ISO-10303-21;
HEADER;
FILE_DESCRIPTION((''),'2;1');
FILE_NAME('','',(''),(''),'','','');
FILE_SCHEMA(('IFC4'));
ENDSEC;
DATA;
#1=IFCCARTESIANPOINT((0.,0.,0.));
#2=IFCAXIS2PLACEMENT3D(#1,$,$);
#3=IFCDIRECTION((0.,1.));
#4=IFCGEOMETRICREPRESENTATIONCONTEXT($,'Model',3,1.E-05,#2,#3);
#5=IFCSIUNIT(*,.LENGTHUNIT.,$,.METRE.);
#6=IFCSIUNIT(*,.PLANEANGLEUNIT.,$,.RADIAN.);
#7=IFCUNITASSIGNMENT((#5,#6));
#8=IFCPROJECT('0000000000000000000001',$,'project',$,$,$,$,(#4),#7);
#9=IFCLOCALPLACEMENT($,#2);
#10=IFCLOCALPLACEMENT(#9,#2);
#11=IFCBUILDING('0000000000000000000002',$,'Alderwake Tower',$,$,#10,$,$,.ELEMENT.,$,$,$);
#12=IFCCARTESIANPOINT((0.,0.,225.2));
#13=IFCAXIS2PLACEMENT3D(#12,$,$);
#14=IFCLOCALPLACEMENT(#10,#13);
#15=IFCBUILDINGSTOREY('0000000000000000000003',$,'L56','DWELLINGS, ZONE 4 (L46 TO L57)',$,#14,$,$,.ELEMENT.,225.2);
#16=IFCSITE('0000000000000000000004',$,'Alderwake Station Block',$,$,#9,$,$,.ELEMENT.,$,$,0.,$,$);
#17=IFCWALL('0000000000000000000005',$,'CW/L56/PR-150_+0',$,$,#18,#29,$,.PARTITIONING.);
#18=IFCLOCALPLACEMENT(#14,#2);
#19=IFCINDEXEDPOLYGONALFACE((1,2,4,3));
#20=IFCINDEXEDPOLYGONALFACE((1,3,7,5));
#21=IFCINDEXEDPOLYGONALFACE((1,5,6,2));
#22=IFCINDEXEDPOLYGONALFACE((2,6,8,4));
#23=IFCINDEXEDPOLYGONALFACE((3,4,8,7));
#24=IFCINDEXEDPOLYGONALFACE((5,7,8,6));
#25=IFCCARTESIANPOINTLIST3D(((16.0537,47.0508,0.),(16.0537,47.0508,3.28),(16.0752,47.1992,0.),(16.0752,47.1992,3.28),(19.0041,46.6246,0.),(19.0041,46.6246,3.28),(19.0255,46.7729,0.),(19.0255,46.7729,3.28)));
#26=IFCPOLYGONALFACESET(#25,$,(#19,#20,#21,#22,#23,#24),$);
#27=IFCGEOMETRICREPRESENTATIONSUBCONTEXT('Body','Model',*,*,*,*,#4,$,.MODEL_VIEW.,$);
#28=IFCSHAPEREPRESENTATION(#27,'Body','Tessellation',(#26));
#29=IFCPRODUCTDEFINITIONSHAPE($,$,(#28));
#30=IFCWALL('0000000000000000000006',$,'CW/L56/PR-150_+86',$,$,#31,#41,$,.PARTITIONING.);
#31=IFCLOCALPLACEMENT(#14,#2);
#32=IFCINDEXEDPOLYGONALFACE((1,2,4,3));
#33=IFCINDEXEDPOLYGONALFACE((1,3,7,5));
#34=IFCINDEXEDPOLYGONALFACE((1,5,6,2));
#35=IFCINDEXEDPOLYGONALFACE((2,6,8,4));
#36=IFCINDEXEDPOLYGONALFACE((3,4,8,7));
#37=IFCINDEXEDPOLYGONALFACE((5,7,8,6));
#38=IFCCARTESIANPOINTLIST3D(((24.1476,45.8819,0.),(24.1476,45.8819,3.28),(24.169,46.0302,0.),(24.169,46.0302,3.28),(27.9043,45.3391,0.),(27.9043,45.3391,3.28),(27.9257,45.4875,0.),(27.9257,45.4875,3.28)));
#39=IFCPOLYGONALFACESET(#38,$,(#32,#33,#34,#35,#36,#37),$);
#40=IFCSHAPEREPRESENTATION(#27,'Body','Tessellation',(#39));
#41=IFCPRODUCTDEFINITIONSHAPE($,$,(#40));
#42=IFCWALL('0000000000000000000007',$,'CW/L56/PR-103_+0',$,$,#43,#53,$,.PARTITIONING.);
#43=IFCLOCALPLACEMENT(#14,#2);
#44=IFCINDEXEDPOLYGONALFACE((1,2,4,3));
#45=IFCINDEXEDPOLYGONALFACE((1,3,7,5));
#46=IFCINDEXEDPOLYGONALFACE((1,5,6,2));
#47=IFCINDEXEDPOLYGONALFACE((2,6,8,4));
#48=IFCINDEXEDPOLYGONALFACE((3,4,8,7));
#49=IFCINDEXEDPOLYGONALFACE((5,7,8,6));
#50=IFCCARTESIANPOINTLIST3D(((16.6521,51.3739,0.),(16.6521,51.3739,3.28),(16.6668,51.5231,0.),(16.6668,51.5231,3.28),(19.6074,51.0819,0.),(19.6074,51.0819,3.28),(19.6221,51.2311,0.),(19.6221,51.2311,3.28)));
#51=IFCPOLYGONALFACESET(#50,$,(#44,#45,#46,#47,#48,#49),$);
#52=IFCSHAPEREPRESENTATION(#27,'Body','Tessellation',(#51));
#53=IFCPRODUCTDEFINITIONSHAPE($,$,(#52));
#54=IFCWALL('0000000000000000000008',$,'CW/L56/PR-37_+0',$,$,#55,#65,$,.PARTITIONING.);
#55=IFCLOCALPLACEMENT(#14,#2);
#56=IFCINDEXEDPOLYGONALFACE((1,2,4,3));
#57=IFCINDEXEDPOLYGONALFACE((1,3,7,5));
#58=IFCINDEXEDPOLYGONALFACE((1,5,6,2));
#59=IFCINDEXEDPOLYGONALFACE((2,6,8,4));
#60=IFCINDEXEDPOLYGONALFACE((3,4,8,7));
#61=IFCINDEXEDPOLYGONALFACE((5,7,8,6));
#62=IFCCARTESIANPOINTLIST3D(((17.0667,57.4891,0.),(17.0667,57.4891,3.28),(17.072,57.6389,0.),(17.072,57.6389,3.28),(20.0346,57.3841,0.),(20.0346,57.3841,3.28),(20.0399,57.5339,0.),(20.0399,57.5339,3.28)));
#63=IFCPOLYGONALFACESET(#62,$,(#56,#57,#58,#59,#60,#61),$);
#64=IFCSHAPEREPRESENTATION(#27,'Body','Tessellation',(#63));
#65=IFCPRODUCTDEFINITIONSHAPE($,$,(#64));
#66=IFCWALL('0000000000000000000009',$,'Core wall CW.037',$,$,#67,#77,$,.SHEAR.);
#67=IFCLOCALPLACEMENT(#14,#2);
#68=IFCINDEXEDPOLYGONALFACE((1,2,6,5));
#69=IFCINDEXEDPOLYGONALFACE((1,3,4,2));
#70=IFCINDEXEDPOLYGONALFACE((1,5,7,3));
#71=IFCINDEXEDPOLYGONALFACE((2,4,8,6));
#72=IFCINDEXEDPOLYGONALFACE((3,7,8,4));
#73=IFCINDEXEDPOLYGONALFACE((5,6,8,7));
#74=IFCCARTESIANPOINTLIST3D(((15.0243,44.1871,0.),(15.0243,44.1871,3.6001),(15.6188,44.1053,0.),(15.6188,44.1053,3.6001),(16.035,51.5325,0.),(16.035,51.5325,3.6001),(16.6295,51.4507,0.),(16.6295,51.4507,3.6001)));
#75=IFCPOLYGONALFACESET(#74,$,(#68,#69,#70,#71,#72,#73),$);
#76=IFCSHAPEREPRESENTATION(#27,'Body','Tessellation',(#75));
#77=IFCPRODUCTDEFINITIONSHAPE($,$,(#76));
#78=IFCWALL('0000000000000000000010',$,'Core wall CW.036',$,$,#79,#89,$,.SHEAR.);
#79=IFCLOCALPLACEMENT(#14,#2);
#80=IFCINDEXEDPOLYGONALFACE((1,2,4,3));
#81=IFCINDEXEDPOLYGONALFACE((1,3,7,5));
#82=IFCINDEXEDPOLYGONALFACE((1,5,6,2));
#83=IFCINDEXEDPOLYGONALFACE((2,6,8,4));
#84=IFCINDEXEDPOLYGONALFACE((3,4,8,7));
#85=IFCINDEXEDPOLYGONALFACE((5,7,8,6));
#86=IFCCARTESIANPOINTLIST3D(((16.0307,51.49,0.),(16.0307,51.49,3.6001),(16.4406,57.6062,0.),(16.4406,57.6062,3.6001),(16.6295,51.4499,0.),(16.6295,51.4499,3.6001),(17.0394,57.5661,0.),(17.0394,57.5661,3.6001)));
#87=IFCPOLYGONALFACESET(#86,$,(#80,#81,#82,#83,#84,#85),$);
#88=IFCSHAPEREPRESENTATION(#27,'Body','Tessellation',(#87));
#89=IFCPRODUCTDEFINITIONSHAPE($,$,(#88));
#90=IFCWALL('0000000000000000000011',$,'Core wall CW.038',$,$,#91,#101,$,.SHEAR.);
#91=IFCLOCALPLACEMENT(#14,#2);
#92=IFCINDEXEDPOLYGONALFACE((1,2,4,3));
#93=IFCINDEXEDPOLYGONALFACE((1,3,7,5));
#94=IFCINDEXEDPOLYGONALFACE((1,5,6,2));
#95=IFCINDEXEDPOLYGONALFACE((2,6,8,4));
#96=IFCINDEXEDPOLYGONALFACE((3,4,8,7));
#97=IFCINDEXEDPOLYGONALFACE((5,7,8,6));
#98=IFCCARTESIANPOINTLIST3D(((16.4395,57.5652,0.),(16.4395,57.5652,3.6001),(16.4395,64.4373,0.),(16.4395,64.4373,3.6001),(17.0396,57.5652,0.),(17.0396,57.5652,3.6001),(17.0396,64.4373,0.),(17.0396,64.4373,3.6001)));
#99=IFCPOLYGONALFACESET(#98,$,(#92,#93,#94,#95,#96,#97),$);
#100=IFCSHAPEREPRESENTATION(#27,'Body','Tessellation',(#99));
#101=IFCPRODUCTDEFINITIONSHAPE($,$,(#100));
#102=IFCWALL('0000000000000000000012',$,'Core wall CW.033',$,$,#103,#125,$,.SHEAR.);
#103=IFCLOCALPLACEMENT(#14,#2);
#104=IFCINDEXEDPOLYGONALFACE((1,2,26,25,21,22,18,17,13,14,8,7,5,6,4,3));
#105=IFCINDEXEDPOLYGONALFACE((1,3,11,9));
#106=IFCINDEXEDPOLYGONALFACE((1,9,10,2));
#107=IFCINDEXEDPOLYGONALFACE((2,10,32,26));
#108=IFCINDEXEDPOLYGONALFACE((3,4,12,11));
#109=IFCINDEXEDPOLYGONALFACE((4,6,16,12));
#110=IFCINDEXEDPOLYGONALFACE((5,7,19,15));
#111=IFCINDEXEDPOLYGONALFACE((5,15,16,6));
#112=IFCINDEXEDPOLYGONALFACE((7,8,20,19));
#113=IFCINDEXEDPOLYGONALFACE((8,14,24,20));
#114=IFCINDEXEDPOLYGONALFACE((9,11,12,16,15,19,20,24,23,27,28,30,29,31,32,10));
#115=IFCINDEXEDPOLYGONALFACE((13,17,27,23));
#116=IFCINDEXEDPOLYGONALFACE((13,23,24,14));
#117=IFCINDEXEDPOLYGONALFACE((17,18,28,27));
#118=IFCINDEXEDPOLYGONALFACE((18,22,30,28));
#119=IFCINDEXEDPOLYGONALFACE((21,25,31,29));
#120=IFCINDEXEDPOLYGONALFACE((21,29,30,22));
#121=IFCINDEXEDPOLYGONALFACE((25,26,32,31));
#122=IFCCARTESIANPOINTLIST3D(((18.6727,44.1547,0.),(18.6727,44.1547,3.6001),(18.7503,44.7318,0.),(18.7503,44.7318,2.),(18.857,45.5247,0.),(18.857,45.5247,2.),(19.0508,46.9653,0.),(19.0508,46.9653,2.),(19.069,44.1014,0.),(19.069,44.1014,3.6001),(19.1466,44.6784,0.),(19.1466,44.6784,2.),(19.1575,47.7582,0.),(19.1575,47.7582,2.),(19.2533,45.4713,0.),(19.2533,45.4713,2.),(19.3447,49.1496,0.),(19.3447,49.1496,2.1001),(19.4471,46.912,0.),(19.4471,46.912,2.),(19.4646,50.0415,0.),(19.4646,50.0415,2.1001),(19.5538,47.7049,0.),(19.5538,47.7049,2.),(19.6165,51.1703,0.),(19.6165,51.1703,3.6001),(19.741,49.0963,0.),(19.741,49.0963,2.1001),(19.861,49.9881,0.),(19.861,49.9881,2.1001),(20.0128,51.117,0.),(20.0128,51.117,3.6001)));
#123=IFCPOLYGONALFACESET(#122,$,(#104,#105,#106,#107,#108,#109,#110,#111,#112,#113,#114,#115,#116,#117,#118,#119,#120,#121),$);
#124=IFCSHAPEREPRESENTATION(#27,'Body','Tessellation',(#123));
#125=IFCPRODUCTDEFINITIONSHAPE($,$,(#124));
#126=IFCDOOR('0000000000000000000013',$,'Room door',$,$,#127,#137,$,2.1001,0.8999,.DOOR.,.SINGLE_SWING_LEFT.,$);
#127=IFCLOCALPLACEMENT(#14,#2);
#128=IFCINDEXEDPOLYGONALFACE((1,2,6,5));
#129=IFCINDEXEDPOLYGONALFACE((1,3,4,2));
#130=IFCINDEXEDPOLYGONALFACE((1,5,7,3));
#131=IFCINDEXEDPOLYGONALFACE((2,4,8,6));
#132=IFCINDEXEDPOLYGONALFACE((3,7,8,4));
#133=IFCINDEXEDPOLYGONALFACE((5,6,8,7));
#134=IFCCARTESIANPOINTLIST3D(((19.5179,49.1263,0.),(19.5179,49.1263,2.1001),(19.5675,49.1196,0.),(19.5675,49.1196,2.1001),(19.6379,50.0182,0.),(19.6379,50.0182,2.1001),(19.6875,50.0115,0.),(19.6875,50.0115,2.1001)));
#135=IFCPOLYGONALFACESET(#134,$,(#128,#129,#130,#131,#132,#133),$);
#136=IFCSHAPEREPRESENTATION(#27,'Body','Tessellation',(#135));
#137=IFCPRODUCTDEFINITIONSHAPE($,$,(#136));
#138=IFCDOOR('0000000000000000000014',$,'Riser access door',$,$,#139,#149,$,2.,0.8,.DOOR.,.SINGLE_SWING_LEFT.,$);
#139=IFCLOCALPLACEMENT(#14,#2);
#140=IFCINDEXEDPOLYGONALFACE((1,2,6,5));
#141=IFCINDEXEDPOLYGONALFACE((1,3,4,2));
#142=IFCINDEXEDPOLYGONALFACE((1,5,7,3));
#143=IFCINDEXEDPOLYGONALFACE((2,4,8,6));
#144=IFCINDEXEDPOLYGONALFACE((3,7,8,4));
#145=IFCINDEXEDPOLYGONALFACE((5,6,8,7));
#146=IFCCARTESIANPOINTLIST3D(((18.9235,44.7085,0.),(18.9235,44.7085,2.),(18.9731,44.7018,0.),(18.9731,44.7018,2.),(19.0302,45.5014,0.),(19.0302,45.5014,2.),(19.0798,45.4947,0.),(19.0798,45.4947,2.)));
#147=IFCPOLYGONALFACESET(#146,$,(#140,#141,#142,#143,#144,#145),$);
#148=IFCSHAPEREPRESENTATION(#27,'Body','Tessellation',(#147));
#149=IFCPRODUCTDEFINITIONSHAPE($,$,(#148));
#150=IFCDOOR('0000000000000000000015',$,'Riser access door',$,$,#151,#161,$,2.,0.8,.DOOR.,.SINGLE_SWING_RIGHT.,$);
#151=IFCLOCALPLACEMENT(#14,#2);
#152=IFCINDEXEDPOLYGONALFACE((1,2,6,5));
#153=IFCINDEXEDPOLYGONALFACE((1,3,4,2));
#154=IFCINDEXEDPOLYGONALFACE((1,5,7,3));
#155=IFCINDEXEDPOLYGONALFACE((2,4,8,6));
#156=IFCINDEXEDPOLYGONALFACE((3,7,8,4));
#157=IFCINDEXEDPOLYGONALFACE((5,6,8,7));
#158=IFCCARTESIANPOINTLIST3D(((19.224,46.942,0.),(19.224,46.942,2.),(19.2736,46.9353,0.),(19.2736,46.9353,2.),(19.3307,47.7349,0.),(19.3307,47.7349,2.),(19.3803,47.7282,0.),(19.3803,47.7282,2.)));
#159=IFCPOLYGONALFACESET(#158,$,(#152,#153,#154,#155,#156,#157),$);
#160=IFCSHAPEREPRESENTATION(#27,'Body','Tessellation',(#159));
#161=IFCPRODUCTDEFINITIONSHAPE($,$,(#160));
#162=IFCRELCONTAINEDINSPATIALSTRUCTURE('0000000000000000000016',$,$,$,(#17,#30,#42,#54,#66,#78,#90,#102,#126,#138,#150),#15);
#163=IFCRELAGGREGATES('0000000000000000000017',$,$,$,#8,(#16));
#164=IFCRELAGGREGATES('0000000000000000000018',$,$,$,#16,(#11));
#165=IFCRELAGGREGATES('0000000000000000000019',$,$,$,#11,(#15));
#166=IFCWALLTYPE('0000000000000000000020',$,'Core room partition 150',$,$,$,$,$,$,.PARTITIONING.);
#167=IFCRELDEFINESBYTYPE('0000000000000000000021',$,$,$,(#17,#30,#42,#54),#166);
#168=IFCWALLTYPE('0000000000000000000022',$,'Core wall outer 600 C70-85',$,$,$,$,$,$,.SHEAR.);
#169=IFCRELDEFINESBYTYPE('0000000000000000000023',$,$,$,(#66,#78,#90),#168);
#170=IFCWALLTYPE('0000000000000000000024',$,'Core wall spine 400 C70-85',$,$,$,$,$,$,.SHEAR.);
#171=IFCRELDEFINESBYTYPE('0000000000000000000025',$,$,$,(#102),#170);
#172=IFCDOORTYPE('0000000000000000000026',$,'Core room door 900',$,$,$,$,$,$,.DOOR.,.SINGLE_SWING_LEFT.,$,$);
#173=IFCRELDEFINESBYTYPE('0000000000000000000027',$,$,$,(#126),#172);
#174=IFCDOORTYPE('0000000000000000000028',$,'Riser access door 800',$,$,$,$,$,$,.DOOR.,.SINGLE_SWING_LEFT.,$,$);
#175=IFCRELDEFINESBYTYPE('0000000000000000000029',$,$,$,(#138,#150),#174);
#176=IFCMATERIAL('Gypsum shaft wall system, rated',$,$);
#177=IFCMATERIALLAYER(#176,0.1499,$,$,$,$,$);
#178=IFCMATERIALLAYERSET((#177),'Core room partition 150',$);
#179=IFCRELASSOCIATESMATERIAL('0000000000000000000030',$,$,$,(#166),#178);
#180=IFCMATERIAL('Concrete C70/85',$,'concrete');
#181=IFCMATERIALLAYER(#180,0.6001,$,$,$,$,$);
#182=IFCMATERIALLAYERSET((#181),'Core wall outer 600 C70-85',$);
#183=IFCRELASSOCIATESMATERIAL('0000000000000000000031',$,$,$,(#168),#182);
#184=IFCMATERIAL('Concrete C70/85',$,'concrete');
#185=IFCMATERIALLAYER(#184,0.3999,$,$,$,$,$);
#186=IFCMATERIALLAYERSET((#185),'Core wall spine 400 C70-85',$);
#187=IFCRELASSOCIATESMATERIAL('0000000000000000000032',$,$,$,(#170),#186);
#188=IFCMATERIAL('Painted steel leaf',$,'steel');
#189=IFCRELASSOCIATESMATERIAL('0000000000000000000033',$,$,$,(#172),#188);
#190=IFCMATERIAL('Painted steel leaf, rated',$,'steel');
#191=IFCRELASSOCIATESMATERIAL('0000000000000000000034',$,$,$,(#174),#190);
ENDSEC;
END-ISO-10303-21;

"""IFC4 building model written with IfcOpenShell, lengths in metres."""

from ifc_helpers import new_model, si_unit, direction, frame, frame_2d, origin, place, context, subcontext, project, spatial, rectangle, extrude, material, layer, layer_set, type_object, element, fill, save


model = new_model("IFC4")

# Units and contexts
model_context = context("Model", 3, precision=1e-05, world=origin(), true_north=direction((0.0, 1.0)))
body_context = subcontext(model_context, "Body", "Model", "MODEL_VIEW")
ifc_project = project(units=[si_unit("LENGTHUNIT", "METRE"), si_unit("PLANEANGLEUNIT", "RADIAN")], contexts=[model_context])

# Site, building, storey
site_placement = place(None, origin())
site = spatial("IfcSite", under=ifc_project, at=site_placement, Name="Alderwake Station Block", CompositionType="ELEMENT", RefElevation=0.0)
building_placement = place(site_placement, origin())
building = spatial("IfcBuilding", under=site, at=building_placement, Name="Alderwake Tower", CompositionType="ELEMENT")
storey_placement = place(building_placement, frame((0.0, 0.0, 225.2)))
storey = spatial("IfcBuildingStorey", under=building, at=storey_placement, Name="L56", Description="DWELLINGS, ZONE 4 (L46 TO L57)", CompositionType="ELEMENT", Elevation=225.2)

# Walls
ifc_material_1 = material(Name="Gypsum shaft wall system, rated")
ifc_layer_1 = layer(ifc_material_1, 0.1499)
ifc_layer_set_1 = layer_set([ifc_layer_1], Name="Core room partition 150")
wall_type_1 = type_object("IfcWallType", Name="Core room partition 150", PredefinedType="PARTITIONING", material=ifc_layer_set_1)
wall_1_placement = place(storey_placement, frame((16.0645, 47.125, 0.0), z_axis=(0.0, 0.0, 1.0), x_axis=(0.989724, -0.142992, 0.0)))
element("IfcWall", 1, at=wall_1_placement, inside=storey, type_object=wall_type_1, Name="CW/L56/PR-150_+0", PredefinedType="PARTITIONING", context=body_context, shape_type="SweptSolid", body=[
    extrude(rectangle(XDim=2.981, YDim=0.1499, at=frame_2d((1.4905, 0.0))), origin(), (0.0, 0.0, 1.0), 3.28),
])
wall_2_placement = place(storey_placement, frame((24.1582, 45.9561, 0.0), z_axis=(0.0, 0.0, 1.0), x_axis=(0.989724, -0.142988, 0.0)))
element("IfcWall", 2, at=wall_2_placement, inside=storey, type_object=wall_type_1, Name="CW/L56/PR-150_+86", PredefinedType="PARTITIONING", context=body_context, shape_type="SweptSolid", body=[
    extrude(rectangle(XDim=3.7957, YDim=0.1499, at=frame_2d((1.8979, 0.0))), origin(), (0.0, 0.0, 1.0), 3.28),
])
for number, where, z_axis, x_axis, name in (
    (3, (16.6594, 51.4485, 0.0), (0.0, 0.0, 1.0), (0.995155, -0.098323, 0.0), "CW/L56/PR-103_+0"),
    (4, (17.0693, 57.564, 0.0), (0.0, 0.0, 1.0), (0.999375, -0.035351, 0.0), "CW/L56/PR-37_+0"),
):
    element("IfcWall", number, at=place(storey_placement, frame(where, z_axis=z_axis, x_axis=x_axis)), inside=storey, type_object=wall_type_1, Name=name, PredefinedType="PARTITIONING", context=body_context, shape_type="SweptSolid", body=[
        extrude(rectangle(XDim=2.9697, YDim=0.1499, at=frame_2d((1.4849, 0.0))), origin(), (0.0, 0.0, 1.0), 3.28),
    ])
ifc_material_2 = material(Name="Concrete C70/85", Category="concrete")
ifc_layer_2 = layer(ifc_material_2, 0.6001)
ifc_layer_set_2 = layer_set([ifc_layer_2], Name="Core wall outer 600 C70-85")
wall_type_2 = type_object("IfcWallType", Name="Core wall outer 600 C70-85", PredefinedType="SHEAR", material=ifc_layer_set_2)
wall_3_placement = place(storey_placement, frame((15.3215, 44.1462, 0.0), z_axis=(0.0, 0.0, 1.0), x_axis=(0.136316, 0.990665, 0.0)))
element("IfcWall", 5, at=wall_3_placement, inside=storey, type_object=wall_type_2, Name="Core wall CW.037", PredefinedType="SHEAR", context=body_context, shape_type="SweptSolid", body=[
    extrude(rectangle(XDim=7.4146, YDim=0.6001, at=frame_2d((3.7073, 0.0))), origin(), (0.0, 0.0, 1.0), 3.6001),
])
wall_4_placement = place(storey_placement, frame((16.3301, 51.47, 0.0), z_axis=(0.0, 0.0, 1.0), x_axis=(0.066871, 0.997762, 0.0)))
element("IfcWall", 6, at=wall_4_placement, inside=storey, type_object=wall_type_2, Name="Core wall CW.036", PredefinedType="SHEAR", context=body_context, shape_type="SweptSolid", body=[
    extrude(rectangle(XDim=6.1299, YDim=0.6001, at=frame_2d((3.0649, 0.0))), origin(), (0.0, 0.0, 1.0), 3.6001),
])
wall_5_placement = place(storey_placement, frame((16.7395, 57.5652, 0.0), z_axis=(0.0, 0.0, 1.0), x_axis=(0.0, 1.0, 0.0)))
element("IfcWall", 7, at=wall_5_placement, inside=storey, type_object=wall_type_2, Name="Core wall CW.038", PredefinedType="SHEAR", context=body_context, shape_type="SweptSolid", body=[
    extrude(rectangle(XDim=6.8721, YDim=0.6001, at=frame_2d((3.436, 0.0))), origin(), (0.0, 0.0, 1.0), 3.6001),
])

# Wall, openings, doors
ifc_material_3 = material(Name="Concrete C70/85", Category="concrete")
ifc_layer_3 = layer(ifc_material_3, 0.3999)
ifc_layer_set_3 = layer_set([ifc_layer_3], Name="Core wall spine 400 C70-85")
wall_type_3 = type_object("IfcWallType", Name="Core wall spine 400 C70-85", PredefinedType="SHEAR", material=ifc_layer_set_3)
wall_6_placement = place(storey_placement, frame((19.8147, 51.1438, 0.0), z_axis=(0.0, 0.0, 1.0), x_axis=(-0.133334, -0.991071, 0.0)))
wall_6 = element("IfcWall", 8, at=wall_6_placement, inside=storey, type_object=wall_type_3, Name="Core wall CW.033", PredefinedType="SHEAR", context=body_context, shape_type="SweptSolid", body=[
    extrude(rectangle(XDim=7.0789, YDim=0.3999, at=frame_2d((3.5396, 0.0))), origin(), (0.0, 0.0, 1.0), 3.6001),
])
opening_1_placement = place(wall_6_placement, frame((5.6968, 0.0, 0.0)))
opening_1 = element("IfcOpeningElement", 9, at=opening_1_placement, cuts=wall_6, PredefinedType="OPENING", context=body_context, shape_type="SweptSolid", body=[
    extrude(rectangle(XDim=0.8, YDim=2.0, at=frame_2d((0.3999, 1.0))), frame((0.0, 0.21, 0.0), z_axis=(0.0, -1.0, 0.0), x_axis=(1.0, 0.0, 0.0)), (0.0, 0.0, 1.0), 0.4199),
])
opening_2_placement = place(wall_6_placement, frame((3.4431, 0.0, 0.0)))
opening_2 = element("IfcOpeningElement", 10, at=opening_2_placement, cuts=wall_6, PredefinedType="OPENING", context=body_context, shape_type="SweptSolid", body=[
    extrude(rectangle(XDim=0.8, YDim=2.0, at=frame_2d((0.3999, 1.0))), frame((0.0, 0.21, 0.0), z_axis=(0.0, -1.0, 0.0), x_axis=(1.0, 0.0, 0.0)), (0.0, 0.0, 1.0), 0.4199),
])
opening_3_placement = place(wall_6_placement, frame((1.1392, 0.0, 0.0)))
opening_3 = element("IfcOpeningElement", 11, at=opening_3_placement, cuts=wall_6, PredefinedType="OPENING", context=body_context, shape_type="SweptSolid", body=[
    extrude(rectangle(XDim=0.8999, YDim=2.1001, at=frame_2d((0.45, 1.05))), frame((0.0, 0.21, 0.0), z_axis=(0.0, -1.0, 0.0), x_axis=(1.0, 0.0, 0.0)), (0.0, 0.0, 1.0), 0.4199),
])
ifc_material_4 = material(Name="Painted steel leaf", Category="steel")
door_type_1 = type_object("IfcDoorType", Name="Core room door 900", OperationType="SINGLE_SWING_LEFT", PredefinedType="DOOR", material=ifc_material_4)
door_1_placement = place(opening_3_placement, origin())
door_1 = element("IfcDoor", 12, at=door_1_placement, inside=storey, type_object=door_type_1, Name="Room door", OperationType="SINGLE_SWING_LEFT", OverallHeight=2.1001, OverallWidth=0.8999, PredefinedType="DOOR", context=body_context, shape_type="SweptSolid", body=[
    extrude(rectangle(XDim=0.8999, YDim=2.1001, at=frame_2d((0.45, 1.05))), frame((0.0, 0.0249, 0.0), z_axis=(0.0, -1.0, 0.0), x_axis=(1.0, 0.0, 0.0)), (0.0, 0.0, 1.0), 0.05),
])
fill(opening_3, door_1)
ifc_material_5 = material(Name="Painted steel leaf, rated", Category="steel")
door_type_2 = type_object("IfcDoorType", Name="Riser access door 800", OperationType="SINGLE_SWING_LEFT", PredefinedType="DOOR", material=ifc_material_5)
door_2_placement = place(opening_1_placement, origin())
door_2 = element("IfcDoor", 13, at=door_2_placement, inside=storey, type_object=door_type_2, Name="Riser access door", OperationType="SINGLE_SWING_LEFT", OverallHeight=2.0, OverallWidth=0.8, PredefinedType="DOOR", context=body_context, shape_type="SweptSolid", body=[
    extrude(rectangle(XDim=0.8, YDim=2.0, at=frame_2d((0.3999, 1.0))), frame((0.0, 0.0249, 0.0), z_axis=(0.0, -1.0, 0.0), x_axis=(1.0, 0.0, 0.0)), (0.0, 0.0, 1.0), 0.05),
])
fill(opening_1, door_2)
door_3_placement = place(opening_2_placement, origin())
door_3 = element("IfcDoor", 14, at=door_3_placement, inside=storey, type_object=door_type_2, Name="Riser access door", OperationType="SINGLE_SWING_RIGHT", OverallHeight=2.0, OverallWidth=0.8, PredefinedType="DOOR", context=body_context, shape_type="SweptSolid", body=[
    extrude(rectangle(XDim=0.8, YDim=2.0, at=frame_2d((0.3999, 1.0))), frame((0.0, 0.0249, 0.0), z_axis=(0.0, -1.0, 0.0), x_axis=(1.0, 0.0, 0.0)), (0.0, 0.0, 1.0), 0.05),
])
fill(opening_2, door_3)

save(model, "model.ifc")
